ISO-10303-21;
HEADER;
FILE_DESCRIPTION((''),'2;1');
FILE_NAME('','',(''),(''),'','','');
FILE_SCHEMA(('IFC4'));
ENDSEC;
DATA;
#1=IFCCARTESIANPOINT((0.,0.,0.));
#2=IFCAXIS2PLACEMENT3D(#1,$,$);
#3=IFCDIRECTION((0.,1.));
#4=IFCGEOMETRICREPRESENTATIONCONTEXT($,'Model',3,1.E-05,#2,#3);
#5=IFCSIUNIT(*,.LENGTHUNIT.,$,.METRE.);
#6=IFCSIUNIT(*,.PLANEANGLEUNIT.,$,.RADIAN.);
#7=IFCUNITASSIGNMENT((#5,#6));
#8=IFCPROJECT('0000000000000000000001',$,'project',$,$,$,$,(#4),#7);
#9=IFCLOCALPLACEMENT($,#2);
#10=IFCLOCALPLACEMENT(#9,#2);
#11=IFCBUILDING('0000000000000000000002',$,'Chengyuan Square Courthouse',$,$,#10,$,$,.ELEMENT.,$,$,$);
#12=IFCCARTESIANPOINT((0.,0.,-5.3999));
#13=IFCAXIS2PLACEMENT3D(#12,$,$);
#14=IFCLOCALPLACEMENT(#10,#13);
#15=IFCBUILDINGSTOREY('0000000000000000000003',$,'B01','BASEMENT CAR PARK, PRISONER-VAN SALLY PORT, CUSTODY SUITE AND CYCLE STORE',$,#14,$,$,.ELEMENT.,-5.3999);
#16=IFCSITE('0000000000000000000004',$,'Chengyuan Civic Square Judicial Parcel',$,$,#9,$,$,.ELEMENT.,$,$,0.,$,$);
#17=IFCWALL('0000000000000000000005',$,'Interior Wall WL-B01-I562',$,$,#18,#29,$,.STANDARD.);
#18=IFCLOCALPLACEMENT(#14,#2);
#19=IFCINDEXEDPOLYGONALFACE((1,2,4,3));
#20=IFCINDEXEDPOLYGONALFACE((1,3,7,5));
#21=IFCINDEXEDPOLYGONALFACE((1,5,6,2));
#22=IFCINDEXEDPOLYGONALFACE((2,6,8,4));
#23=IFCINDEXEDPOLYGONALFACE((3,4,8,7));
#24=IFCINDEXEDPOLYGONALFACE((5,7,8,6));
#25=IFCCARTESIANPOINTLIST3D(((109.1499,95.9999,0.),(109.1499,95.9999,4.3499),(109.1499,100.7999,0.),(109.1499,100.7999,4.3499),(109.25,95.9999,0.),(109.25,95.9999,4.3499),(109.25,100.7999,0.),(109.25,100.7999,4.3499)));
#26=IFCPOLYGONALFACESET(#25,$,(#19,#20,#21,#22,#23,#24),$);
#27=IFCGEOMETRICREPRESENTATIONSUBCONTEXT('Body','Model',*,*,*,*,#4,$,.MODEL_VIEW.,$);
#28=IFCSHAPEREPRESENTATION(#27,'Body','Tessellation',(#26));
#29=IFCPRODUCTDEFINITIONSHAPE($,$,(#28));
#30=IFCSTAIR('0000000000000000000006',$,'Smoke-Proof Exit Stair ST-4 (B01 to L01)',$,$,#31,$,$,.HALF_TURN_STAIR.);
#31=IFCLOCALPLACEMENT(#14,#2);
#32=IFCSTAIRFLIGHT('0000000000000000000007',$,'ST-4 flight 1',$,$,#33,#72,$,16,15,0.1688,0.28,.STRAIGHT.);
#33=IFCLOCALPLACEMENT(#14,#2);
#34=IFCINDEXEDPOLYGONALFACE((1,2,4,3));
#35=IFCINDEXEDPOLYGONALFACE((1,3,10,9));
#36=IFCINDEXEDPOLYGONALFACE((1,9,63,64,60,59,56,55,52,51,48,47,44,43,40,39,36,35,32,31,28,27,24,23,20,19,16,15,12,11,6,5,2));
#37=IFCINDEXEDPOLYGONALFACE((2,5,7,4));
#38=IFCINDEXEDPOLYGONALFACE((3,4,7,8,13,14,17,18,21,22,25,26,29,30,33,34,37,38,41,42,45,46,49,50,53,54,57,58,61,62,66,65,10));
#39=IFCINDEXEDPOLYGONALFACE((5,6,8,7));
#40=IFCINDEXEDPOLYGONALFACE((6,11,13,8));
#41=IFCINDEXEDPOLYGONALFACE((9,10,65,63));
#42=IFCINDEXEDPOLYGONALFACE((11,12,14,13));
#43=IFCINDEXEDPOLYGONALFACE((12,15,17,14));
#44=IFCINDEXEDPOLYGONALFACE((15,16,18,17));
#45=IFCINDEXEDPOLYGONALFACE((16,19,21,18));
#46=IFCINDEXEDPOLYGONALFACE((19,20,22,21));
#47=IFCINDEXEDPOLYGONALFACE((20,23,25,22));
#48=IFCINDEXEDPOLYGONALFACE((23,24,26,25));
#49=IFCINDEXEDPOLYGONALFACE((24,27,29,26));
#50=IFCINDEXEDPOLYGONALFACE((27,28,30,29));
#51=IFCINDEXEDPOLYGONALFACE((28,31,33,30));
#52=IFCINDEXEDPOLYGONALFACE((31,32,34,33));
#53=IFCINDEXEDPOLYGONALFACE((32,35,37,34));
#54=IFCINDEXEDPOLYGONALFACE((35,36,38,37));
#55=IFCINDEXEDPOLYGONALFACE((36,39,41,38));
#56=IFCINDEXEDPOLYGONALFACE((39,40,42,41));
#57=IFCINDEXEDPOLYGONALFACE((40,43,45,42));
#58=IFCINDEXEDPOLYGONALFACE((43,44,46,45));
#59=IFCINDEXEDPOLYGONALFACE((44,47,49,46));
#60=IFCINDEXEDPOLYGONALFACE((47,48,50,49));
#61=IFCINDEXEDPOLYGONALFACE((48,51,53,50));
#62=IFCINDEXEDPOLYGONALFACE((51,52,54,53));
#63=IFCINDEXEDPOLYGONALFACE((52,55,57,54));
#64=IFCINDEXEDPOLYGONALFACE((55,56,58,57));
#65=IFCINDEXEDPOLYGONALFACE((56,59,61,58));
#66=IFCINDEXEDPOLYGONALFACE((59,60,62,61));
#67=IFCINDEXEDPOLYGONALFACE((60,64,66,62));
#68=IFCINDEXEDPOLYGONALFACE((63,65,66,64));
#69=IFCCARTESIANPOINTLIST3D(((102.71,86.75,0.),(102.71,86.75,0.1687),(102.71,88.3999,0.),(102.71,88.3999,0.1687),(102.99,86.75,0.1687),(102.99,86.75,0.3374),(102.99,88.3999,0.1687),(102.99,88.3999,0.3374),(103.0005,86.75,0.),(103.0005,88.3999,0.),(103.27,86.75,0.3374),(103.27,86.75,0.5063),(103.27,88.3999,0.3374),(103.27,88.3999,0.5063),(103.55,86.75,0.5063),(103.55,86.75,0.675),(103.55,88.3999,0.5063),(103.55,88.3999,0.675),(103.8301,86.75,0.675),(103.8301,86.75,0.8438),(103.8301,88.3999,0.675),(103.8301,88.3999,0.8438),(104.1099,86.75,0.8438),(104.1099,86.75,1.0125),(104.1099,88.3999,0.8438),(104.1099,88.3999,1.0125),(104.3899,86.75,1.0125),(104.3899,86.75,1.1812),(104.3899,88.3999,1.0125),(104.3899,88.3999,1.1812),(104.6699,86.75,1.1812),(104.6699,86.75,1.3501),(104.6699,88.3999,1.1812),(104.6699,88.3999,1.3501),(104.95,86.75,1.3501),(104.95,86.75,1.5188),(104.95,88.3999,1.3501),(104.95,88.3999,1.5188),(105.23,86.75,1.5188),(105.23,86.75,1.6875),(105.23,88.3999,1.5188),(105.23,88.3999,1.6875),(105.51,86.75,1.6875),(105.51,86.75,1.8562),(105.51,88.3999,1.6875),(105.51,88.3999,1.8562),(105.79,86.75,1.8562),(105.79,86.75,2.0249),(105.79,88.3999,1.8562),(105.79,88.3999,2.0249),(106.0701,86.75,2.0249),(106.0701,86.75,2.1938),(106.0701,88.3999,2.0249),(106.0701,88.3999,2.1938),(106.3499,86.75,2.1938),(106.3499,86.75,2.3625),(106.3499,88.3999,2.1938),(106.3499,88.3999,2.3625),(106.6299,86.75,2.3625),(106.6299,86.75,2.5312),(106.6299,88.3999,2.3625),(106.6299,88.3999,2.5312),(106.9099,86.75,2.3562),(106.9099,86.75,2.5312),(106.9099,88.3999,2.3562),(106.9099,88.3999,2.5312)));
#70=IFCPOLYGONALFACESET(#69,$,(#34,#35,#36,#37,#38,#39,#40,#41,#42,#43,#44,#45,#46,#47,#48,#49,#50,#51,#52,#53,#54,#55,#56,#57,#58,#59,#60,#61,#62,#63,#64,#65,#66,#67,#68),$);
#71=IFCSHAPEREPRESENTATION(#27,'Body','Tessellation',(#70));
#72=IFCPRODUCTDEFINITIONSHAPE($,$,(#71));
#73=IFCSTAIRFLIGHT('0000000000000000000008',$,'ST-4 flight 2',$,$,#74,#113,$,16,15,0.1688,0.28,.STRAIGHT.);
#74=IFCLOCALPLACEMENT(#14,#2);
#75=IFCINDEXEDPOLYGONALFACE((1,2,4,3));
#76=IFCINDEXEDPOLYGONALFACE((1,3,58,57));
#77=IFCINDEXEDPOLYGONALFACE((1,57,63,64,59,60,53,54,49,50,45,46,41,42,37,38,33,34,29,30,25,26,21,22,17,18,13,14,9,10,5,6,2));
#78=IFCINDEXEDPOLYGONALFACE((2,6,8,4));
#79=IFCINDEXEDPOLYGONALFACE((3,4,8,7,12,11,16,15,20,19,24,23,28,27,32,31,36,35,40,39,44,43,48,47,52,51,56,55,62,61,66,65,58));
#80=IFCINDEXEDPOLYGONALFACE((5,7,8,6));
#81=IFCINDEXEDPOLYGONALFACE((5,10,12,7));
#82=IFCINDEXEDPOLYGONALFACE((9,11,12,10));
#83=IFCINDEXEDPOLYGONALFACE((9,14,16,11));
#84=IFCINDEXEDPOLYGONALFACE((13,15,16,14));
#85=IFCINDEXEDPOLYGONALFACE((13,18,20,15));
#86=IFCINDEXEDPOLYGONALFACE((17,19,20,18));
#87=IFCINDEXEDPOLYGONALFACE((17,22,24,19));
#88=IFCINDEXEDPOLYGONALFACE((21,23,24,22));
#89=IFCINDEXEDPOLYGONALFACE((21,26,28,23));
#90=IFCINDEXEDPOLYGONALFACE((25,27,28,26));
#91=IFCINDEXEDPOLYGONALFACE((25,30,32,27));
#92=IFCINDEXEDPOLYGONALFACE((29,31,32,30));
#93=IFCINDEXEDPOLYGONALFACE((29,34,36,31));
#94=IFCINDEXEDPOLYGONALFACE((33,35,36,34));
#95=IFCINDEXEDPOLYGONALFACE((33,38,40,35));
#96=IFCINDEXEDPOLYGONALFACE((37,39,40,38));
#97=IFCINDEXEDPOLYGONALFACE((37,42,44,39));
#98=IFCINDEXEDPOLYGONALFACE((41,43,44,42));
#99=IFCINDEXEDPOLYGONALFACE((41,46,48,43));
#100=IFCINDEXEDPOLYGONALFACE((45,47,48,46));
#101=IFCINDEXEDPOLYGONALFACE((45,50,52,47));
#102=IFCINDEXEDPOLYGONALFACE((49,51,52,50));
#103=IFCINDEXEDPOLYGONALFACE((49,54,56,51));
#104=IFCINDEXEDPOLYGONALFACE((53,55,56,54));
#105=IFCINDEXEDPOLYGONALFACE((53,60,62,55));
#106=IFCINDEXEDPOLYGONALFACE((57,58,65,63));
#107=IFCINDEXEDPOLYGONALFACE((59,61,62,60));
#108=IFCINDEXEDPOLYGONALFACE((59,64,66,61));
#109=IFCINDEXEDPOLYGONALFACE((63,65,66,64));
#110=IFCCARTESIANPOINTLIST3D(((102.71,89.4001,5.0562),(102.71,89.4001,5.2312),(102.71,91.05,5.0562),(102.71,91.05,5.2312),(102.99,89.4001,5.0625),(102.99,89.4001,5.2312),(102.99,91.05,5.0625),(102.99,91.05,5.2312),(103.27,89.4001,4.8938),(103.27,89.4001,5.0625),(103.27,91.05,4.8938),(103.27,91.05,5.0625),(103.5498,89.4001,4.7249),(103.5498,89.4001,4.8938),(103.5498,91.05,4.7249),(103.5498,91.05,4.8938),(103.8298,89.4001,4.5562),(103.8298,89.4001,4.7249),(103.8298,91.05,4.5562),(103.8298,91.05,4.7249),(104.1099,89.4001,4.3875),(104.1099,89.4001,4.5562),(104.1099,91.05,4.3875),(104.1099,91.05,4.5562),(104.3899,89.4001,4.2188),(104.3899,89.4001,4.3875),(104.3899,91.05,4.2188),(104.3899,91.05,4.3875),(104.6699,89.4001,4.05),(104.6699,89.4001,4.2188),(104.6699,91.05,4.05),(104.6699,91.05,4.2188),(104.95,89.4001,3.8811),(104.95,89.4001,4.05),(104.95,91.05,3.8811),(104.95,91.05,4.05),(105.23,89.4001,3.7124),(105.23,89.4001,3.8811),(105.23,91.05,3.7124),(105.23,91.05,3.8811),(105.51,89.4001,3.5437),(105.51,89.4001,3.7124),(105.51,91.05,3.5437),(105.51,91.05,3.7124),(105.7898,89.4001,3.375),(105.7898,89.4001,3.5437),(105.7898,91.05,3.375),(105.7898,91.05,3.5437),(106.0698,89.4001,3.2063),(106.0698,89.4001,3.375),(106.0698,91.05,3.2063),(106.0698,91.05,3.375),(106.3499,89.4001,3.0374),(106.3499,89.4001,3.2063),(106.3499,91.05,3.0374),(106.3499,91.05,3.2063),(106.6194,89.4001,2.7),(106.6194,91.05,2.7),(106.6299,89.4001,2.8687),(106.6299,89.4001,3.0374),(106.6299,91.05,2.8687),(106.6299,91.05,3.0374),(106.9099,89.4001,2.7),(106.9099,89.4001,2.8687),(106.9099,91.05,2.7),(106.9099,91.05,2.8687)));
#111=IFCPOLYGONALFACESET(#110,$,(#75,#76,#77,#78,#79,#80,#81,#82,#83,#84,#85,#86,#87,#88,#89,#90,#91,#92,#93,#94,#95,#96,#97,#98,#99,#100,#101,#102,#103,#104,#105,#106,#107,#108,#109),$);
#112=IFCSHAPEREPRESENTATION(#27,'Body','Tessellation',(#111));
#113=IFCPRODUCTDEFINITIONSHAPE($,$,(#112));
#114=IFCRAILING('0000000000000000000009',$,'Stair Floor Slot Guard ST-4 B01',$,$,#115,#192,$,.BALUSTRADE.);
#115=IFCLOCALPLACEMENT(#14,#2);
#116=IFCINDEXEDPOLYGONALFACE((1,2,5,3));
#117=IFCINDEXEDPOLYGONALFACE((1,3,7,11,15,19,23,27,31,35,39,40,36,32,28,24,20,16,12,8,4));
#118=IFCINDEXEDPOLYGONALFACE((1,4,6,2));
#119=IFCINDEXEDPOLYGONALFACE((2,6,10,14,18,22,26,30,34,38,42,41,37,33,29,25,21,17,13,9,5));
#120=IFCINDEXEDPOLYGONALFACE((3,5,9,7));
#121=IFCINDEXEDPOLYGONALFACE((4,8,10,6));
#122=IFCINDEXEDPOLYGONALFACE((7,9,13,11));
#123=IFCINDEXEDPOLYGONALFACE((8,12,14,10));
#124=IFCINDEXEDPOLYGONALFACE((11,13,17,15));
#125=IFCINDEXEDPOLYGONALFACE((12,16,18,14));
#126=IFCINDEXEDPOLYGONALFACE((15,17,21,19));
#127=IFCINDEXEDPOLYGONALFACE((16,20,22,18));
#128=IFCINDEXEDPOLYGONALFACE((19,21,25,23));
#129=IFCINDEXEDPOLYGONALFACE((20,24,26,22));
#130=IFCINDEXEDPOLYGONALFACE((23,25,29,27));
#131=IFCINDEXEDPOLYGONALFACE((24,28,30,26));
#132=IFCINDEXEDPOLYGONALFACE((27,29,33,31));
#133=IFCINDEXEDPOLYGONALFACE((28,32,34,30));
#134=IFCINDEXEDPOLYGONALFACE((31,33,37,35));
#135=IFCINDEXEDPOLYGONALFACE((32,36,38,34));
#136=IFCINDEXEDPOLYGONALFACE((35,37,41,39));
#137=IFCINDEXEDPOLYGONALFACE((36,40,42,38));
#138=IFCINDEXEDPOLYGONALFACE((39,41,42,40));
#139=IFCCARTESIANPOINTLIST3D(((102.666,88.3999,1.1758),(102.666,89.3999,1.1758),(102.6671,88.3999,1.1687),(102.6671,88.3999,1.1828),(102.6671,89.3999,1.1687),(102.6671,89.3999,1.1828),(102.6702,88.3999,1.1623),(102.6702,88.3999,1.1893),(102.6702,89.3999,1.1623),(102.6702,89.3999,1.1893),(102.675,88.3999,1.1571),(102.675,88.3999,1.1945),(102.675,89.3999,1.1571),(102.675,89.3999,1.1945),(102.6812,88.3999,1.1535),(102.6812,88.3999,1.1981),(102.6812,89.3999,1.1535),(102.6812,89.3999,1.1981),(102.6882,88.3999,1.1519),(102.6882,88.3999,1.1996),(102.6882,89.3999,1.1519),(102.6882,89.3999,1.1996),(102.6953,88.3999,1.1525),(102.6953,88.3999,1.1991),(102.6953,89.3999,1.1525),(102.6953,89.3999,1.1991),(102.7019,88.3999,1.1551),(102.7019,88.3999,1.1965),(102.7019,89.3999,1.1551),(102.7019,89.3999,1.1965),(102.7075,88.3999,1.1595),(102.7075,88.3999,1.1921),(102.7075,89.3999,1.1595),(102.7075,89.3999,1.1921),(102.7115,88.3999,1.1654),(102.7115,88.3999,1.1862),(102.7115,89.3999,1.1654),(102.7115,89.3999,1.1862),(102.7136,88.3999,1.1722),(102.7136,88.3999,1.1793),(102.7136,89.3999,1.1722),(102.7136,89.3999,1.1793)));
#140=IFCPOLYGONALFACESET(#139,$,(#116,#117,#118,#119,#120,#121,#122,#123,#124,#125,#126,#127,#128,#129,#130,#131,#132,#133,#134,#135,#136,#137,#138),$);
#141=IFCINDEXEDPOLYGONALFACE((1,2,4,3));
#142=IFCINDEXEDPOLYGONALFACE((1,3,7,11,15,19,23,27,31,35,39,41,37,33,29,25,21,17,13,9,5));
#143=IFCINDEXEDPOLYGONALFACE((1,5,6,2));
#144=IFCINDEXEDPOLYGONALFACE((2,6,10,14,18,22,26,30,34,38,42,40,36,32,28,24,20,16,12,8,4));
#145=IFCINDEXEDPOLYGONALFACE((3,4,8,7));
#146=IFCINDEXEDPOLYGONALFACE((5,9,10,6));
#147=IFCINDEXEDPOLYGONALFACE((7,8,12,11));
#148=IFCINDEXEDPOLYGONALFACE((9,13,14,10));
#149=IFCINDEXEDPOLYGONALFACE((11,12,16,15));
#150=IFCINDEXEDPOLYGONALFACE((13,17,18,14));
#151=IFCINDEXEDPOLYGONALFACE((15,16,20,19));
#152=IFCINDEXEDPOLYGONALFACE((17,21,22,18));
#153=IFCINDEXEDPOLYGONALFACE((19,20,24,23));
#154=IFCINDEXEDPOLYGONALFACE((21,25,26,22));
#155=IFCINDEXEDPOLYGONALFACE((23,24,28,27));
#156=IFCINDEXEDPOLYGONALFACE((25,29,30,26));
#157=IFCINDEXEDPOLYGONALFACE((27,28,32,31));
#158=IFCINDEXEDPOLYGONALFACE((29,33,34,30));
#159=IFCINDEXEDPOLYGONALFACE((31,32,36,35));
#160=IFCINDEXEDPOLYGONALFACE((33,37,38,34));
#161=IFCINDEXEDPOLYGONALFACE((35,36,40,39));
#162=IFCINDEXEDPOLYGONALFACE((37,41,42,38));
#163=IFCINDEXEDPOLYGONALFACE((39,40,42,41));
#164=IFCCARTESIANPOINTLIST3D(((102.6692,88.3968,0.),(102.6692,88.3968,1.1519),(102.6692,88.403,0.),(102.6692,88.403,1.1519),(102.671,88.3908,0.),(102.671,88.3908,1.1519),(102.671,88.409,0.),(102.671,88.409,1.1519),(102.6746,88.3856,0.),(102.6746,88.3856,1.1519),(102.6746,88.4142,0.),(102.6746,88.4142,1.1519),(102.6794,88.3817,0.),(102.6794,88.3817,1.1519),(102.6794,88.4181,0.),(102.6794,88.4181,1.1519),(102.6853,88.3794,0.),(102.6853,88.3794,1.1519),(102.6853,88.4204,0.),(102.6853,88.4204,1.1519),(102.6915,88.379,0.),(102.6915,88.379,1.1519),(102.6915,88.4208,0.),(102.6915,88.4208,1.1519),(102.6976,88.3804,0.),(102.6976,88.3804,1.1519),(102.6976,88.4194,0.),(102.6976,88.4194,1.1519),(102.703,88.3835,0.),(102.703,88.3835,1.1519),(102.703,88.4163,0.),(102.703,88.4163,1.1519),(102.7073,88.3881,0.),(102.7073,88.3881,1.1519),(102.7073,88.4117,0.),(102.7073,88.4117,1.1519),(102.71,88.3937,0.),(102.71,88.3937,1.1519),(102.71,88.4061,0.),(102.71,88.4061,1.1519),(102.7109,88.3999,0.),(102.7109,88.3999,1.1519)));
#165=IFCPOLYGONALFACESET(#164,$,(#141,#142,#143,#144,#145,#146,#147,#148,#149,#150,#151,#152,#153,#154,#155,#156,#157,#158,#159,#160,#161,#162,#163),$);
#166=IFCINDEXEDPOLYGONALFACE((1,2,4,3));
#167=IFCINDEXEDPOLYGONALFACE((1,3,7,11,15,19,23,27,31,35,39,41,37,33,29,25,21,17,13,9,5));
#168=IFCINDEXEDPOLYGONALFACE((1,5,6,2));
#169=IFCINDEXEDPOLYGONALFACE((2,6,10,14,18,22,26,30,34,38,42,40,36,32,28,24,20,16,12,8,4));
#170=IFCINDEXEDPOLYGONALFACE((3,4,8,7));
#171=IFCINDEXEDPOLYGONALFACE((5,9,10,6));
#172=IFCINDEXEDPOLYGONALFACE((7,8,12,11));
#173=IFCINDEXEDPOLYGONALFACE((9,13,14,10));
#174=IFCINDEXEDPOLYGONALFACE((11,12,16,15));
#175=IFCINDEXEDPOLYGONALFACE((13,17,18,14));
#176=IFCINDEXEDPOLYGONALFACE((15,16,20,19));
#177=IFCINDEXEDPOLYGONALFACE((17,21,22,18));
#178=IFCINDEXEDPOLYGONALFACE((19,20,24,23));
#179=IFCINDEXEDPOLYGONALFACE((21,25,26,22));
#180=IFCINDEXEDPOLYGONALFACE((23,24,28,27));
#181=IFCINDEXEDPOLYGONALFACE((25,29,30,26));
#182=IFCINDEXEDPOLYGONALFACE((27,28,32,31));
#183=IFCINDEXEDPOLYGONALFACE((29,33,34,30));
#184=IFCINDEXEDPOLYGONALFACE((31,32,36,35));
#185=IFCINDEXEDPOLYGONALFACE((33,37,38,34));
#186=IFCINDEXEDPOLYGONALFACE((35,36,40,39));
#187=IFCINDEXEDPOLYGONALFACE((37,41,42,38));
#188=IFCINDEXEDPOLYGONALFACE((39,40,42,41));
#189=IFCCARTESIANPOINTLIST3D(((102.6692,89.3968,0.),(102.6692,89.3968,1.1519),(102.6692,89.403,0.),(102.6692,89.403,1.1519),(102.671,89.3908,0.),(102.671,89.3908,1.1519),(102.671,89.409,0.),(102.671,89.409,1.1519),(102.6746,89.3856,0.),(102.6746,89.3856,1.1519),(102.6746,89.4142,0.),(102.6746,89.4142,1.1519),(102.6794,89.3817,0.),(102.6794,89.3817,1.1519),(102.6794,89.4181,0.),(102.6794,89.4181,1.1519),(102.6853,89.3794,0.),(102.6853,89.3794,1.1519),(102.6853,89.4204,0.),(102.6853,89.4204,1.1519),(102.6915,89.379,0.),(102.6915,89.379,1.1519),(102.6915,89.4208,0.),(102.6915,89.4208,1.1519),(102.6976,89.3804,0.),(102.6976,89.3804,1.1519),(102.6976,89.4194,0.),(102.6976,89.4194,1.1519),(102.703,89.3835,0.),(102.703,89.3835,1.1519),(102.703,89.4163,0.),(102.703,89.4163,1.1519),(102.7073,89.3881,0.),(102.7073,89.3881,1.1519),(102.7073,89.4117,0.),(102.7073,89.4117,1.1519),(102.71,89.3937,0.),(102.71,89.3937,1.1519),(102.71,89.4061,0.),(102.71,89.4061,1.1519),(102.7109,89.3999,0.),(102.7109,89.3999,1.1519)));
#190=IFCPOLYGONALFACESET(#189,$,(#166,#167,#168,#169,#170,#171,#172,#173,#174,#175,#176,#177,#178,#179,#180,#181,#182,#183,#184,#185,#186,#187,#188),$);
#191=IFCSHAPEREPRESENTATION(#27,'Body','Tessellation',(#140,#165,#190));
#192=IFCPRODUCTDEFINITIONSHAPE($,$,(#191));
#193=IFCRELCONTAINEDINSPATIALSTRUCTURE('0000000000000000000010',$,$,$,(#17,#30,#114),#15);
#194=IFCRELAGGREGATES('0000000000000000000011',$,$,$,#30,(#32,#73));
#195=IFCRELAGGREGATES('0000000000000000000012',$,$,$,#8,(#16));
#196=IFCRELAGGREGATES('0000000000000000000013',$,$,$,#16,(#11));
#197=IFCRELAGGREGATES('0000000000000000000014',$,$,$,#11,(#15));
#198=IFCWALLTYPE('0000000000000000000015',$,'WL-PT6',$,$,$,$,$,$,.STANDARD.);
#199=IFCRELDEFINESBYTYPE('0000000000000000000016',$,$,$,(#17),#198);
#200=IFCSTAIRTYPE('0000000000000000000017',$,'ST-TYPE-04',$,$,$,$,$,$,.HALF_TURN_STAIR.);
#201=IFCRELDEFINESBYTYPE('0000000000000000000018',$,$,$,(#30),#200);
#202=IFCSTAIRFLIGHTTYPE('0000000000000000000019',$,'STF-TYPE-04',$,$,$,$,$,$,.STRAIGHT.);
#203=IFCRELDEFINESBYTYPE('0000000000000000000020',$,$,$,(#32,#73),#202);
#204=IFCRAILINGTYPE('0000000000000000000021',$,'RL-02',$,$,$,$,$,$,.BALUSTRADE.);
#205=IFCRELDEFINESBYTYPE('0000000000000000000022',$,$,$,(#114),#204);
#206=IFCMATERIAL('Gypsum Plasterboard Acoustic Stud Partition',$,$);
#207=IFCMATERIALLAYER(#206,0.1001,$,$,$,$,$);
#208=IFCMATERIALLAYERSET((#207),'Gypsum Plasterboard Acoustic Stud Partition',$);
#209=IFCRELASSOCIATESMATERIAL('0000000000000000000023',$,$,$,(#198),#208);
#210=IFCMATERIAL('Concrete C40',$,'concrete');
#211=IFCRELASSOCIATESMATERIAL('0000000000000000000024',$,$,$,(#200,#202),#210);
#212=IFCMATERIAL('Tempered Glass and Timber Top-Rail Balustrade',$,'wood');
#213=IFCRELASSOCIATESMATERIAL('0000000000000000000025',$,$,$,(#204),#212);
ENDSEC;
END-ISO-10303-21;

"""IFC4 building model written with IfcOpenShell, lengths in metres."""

from ifc_helpers import new_model, si_unit, direction, frame, frame_2d, origin, origin_2d, place, context, subcontext, project, spatial, polyline, rectangle, circle, outline, extrude, material, layer, layer_set, type_object, element, aggregate, save


model = new_model("IFC4")

# Units and contexts
model_context = context("Model", 3, precision=1e-05, world=origin(), true_north=direction((0.0, 1.0)))
body_context = subcontext(model_context, "Body", "Model", "MODEL_VIEW")
ifc_project = project(units=[si_unit("LENGTHUNIT", "METRE"), si_unit("PLANEANGLEUNIT", "RADIAN")], contexts=[model_context])

# Site, building, storey
site_placement = place(None, origin())
site = spatial("IfcSite", under=ifc_project, at=site_placement, Name="Chengyuan Civic Square Judicial Parcel", CompositionType="ELEMENT", RefElevation=0.0)
building_placement = place(site_placement, origin())
building = spatial("IfcBuilding", under=site, at=building_placement, Name="Chengyuan Square Courthouse", CompositionType="ELEMENT")
storey_placement = place(building_placement, frame((0.0, 0.0, -5.3999)))
storey = spatial("IfcBuildingStorey", under=building, at=storey_placement, Name="B01", Description="BASEMENT CAR PARK, PRISONER-VAN SALLY PORT, CUSTODY SUITE AND CYCLE STORE", CompositionType="ELEMENT", Elevation=-5.3999)

# Shared definitions
ifc_material_1 = material(Name="Concrete C40", Category="concrete")

# Shared definitions
ifc_material_2 = material(Name="Gypsum Plasterboard Acoustic Stud Partition")
ifc_layer_1 = layer(ifc_material_2, 0.1001)
ifc_layer_set_1 = layer_set([ifc_layer_1], Name="Gypsum Plasterboard Acoustic Stud Partition")
wall_type_1 = type_object("IfcWallType", Name="WL-PT6", PredefinedType="STANDARD", material=ifc_layer_set_1)

# Wall
wall_1_placement = place(storey_placement, frame((109.2, 96.0, 0.0), z_axis=(0.0, 0.0, 1.0), x_axis=(0.0, 1.0, 0.0)))
element("IfcWall", 1, at=wall_1_placement, inside=storey, type_object=wall_type_1, Name="Interior Wall WL-B01-I562", PredefinedType="STANDARD", context=body_context, shape_type="SweptSolid", body=[
    extrude(rectangle(XDim=4.8, YDim=0.1001, at=frame_2d((2.3999, 0.0))), origin(), (0.0, 0.0, 1.0), 4.3499),
])

# Stair, stair flights
stair_type = type_object("IfcStairType", Name="ST-TYPE-04", PredefinedType="HALF_TURN_STAIR", material=ifc_material_1)
stair_placement = place(storey_placement, origin())
stair = element("IfcStair", 2, at=stair_placement, inside=storey, type_object=stair_type, Name="Smoke-Proof Exit Stair ST-4 (B01 to L01)", PredefinedType="HALF_TURN_STAIR")
stair_flight_type = type_object("IfcStairFlightType", Name="STF-TYPE-04", PredefinedType="STRAIGHT", material=ifc_material_1)
stair_flight_1_placement = place(storey_placement, frame((102.71, 87.575, 0.0), z_axis=(0.0, 0.0, 1.0), x_axis=(1.0, 0.0, 0.0)))
stair_flight_1 = element("IfcStairFlight", 3, at=stair_flight_1_placement, type_object=stair_flight_type, Name="ST-4 flight 1", NumberOfRisers=16, NumberOfTreads=15, PredefinedType="STRAIGHT", RiserHeight=0.1688, TreadLength=0.28, context=body_context, shape_type="SweptSolid", body=[
    extrude(outline(polyline([(0.0, 0.0), (0.0, 0.1687), (0.28, 0.1687), (0.28, 0.3374), (0.5601, 0.3374), (0.5601, 0.5063), (0.8401, 0.5063), (0.8401, 0.675), (1.1201, 0.675), (1.1201, 0.8438), (1.3999, 0.8438), (1.3999, 1.0125), (1.6799, 1.0125), (1.6799, 1.1812), (1.96, 1.1812), (1.96, 1.3501), (2.24, 1.3501), (2.24, 1.5188), (2.52, 1.5188), (2.52, 1.6875), (2.8, 1.6875), (2.8, 1.8562), (3.0801, 1.8562), (3.0801, 2.0249), (3.3601, 2.0249), (3.3601, 2.1938), (3.6399, 2.1938), (3.6399, 2.3625), (3.9199, 2.3625), (3.9199, 2.5312), (4.2, 2.5312), (4.2, 2.7), (4.2, 2.3562), (0.2905, 0.0), (0.0, 0.0)])), frame((0.0, 0.825, 0.0), z_axis=(0.0, -1.0, 0.0), x_axis=(1.0, 0.0, 0.0)), (0.0, 0.0, 1.0), 1.6499),
])
stair_flight_2_placement = place(storey_placement, frame((106.9099, 90.2251, 2.7), z_axis=(0.0, 0.0, 1.0), x_axis=(-1.0, 0.0, 0.0)))
stair_flight_2 = element("IfcStairFlight", 4, at=stair_flight_2_placement, type_object=stair_flight_type, Name="ST-4 flight 2", NumberOfRisers=16, NumberOfTreads=15, PredefinedType="STRAIGHT", RiserHeight=0.1688, TreadLength=0.28, context=body_context, shape_type="SweptSolid", body=[
    extrude(outline(polyline([(0.0, 0.0), (0.0, 0.1687), (0.28, 0.1687), (0.28, 0.3374), (0.5601, 0.3374), (0.5601, 0.5063), (0.8401, 0.5063), (0.8401, 0.675), (1.1201, 0.675), (1.1201, 0.8438), (1.3999, 0.8438), (1.3999, 1.0125), (1.6799, 1.0125), (1.6799, 1.1812), (1.96, 1.1812), (1.96, 1.3501), (2.24, 1.3501), (2.24, 1.5188), (2.52, 1.5188), (2.52, 1.6875), (2.8, 1.6875), (2.8, 1.8562), (3.0801, 1.8562), (3.0801, 2.0249), (3.3601, 2.0249), (3.3601, 2.1938), (3.6399, 2.1938), (3.6399, 2.3625), (3.9199, 2.3625), (3.9199, 2.5312), (4.2, 2.5312), (4.2, 2.7), (4.2, 2.3562), (0.2905, 0.0), (0.0, 0.0)])), frame((0.0, 0.825, 0.0), z_axis=(0.0, -1.0, 0.0), x_axis=(1.0, 0.0, 0.0)), (0.0, 0.0, 1.0), 1.6499),
])
aggregate(stair, [stair_flight_1, stair_flight_2])

# Railing
ifc_material_3 = material(Name="Tempered Glass and Timber Top-Rail Balustrade", Category="wood")
railing_type_1 = type_object("IfcRailingType", Name="RL-02", PredefinedType="BALUSTRADE", material=ifc_material_3)
for number, where, name in (
    (5, (102.6899, 88.3999, 0.0), "Stair Floor Slot Guard ST-4 B01"),
):
    element("IfcRailing", number, at=place(storey_placement, frame(where)), inside=storey, type_object=railing_type_1, Name=name, PredefinedType="BALUSTRADE", context=body_context, shape_type="SweptSolid", body=[
        extrude(circle(Radius=0.0239, at=origin_2d()), frame((0.0, 0.0, 1.1758), z_axis=(0.0, 1.0, 0.0), x_axis=(-1.0, 0.0, 0.0)), (0.0, 0.0, 1.0), 1.0),
        extrude(circle(Radius=0.021, at=origin_2d()), origin(), (0.0, 0.0, 1.0), 1.1519),
        extrude(circle(Radius=0.021, at=origin_2d()), frame((0.0, 1.0, 0.0)), (0.0, 0.0, 1.0), 1.1519),
    ])

save(model, "model.ifc")
